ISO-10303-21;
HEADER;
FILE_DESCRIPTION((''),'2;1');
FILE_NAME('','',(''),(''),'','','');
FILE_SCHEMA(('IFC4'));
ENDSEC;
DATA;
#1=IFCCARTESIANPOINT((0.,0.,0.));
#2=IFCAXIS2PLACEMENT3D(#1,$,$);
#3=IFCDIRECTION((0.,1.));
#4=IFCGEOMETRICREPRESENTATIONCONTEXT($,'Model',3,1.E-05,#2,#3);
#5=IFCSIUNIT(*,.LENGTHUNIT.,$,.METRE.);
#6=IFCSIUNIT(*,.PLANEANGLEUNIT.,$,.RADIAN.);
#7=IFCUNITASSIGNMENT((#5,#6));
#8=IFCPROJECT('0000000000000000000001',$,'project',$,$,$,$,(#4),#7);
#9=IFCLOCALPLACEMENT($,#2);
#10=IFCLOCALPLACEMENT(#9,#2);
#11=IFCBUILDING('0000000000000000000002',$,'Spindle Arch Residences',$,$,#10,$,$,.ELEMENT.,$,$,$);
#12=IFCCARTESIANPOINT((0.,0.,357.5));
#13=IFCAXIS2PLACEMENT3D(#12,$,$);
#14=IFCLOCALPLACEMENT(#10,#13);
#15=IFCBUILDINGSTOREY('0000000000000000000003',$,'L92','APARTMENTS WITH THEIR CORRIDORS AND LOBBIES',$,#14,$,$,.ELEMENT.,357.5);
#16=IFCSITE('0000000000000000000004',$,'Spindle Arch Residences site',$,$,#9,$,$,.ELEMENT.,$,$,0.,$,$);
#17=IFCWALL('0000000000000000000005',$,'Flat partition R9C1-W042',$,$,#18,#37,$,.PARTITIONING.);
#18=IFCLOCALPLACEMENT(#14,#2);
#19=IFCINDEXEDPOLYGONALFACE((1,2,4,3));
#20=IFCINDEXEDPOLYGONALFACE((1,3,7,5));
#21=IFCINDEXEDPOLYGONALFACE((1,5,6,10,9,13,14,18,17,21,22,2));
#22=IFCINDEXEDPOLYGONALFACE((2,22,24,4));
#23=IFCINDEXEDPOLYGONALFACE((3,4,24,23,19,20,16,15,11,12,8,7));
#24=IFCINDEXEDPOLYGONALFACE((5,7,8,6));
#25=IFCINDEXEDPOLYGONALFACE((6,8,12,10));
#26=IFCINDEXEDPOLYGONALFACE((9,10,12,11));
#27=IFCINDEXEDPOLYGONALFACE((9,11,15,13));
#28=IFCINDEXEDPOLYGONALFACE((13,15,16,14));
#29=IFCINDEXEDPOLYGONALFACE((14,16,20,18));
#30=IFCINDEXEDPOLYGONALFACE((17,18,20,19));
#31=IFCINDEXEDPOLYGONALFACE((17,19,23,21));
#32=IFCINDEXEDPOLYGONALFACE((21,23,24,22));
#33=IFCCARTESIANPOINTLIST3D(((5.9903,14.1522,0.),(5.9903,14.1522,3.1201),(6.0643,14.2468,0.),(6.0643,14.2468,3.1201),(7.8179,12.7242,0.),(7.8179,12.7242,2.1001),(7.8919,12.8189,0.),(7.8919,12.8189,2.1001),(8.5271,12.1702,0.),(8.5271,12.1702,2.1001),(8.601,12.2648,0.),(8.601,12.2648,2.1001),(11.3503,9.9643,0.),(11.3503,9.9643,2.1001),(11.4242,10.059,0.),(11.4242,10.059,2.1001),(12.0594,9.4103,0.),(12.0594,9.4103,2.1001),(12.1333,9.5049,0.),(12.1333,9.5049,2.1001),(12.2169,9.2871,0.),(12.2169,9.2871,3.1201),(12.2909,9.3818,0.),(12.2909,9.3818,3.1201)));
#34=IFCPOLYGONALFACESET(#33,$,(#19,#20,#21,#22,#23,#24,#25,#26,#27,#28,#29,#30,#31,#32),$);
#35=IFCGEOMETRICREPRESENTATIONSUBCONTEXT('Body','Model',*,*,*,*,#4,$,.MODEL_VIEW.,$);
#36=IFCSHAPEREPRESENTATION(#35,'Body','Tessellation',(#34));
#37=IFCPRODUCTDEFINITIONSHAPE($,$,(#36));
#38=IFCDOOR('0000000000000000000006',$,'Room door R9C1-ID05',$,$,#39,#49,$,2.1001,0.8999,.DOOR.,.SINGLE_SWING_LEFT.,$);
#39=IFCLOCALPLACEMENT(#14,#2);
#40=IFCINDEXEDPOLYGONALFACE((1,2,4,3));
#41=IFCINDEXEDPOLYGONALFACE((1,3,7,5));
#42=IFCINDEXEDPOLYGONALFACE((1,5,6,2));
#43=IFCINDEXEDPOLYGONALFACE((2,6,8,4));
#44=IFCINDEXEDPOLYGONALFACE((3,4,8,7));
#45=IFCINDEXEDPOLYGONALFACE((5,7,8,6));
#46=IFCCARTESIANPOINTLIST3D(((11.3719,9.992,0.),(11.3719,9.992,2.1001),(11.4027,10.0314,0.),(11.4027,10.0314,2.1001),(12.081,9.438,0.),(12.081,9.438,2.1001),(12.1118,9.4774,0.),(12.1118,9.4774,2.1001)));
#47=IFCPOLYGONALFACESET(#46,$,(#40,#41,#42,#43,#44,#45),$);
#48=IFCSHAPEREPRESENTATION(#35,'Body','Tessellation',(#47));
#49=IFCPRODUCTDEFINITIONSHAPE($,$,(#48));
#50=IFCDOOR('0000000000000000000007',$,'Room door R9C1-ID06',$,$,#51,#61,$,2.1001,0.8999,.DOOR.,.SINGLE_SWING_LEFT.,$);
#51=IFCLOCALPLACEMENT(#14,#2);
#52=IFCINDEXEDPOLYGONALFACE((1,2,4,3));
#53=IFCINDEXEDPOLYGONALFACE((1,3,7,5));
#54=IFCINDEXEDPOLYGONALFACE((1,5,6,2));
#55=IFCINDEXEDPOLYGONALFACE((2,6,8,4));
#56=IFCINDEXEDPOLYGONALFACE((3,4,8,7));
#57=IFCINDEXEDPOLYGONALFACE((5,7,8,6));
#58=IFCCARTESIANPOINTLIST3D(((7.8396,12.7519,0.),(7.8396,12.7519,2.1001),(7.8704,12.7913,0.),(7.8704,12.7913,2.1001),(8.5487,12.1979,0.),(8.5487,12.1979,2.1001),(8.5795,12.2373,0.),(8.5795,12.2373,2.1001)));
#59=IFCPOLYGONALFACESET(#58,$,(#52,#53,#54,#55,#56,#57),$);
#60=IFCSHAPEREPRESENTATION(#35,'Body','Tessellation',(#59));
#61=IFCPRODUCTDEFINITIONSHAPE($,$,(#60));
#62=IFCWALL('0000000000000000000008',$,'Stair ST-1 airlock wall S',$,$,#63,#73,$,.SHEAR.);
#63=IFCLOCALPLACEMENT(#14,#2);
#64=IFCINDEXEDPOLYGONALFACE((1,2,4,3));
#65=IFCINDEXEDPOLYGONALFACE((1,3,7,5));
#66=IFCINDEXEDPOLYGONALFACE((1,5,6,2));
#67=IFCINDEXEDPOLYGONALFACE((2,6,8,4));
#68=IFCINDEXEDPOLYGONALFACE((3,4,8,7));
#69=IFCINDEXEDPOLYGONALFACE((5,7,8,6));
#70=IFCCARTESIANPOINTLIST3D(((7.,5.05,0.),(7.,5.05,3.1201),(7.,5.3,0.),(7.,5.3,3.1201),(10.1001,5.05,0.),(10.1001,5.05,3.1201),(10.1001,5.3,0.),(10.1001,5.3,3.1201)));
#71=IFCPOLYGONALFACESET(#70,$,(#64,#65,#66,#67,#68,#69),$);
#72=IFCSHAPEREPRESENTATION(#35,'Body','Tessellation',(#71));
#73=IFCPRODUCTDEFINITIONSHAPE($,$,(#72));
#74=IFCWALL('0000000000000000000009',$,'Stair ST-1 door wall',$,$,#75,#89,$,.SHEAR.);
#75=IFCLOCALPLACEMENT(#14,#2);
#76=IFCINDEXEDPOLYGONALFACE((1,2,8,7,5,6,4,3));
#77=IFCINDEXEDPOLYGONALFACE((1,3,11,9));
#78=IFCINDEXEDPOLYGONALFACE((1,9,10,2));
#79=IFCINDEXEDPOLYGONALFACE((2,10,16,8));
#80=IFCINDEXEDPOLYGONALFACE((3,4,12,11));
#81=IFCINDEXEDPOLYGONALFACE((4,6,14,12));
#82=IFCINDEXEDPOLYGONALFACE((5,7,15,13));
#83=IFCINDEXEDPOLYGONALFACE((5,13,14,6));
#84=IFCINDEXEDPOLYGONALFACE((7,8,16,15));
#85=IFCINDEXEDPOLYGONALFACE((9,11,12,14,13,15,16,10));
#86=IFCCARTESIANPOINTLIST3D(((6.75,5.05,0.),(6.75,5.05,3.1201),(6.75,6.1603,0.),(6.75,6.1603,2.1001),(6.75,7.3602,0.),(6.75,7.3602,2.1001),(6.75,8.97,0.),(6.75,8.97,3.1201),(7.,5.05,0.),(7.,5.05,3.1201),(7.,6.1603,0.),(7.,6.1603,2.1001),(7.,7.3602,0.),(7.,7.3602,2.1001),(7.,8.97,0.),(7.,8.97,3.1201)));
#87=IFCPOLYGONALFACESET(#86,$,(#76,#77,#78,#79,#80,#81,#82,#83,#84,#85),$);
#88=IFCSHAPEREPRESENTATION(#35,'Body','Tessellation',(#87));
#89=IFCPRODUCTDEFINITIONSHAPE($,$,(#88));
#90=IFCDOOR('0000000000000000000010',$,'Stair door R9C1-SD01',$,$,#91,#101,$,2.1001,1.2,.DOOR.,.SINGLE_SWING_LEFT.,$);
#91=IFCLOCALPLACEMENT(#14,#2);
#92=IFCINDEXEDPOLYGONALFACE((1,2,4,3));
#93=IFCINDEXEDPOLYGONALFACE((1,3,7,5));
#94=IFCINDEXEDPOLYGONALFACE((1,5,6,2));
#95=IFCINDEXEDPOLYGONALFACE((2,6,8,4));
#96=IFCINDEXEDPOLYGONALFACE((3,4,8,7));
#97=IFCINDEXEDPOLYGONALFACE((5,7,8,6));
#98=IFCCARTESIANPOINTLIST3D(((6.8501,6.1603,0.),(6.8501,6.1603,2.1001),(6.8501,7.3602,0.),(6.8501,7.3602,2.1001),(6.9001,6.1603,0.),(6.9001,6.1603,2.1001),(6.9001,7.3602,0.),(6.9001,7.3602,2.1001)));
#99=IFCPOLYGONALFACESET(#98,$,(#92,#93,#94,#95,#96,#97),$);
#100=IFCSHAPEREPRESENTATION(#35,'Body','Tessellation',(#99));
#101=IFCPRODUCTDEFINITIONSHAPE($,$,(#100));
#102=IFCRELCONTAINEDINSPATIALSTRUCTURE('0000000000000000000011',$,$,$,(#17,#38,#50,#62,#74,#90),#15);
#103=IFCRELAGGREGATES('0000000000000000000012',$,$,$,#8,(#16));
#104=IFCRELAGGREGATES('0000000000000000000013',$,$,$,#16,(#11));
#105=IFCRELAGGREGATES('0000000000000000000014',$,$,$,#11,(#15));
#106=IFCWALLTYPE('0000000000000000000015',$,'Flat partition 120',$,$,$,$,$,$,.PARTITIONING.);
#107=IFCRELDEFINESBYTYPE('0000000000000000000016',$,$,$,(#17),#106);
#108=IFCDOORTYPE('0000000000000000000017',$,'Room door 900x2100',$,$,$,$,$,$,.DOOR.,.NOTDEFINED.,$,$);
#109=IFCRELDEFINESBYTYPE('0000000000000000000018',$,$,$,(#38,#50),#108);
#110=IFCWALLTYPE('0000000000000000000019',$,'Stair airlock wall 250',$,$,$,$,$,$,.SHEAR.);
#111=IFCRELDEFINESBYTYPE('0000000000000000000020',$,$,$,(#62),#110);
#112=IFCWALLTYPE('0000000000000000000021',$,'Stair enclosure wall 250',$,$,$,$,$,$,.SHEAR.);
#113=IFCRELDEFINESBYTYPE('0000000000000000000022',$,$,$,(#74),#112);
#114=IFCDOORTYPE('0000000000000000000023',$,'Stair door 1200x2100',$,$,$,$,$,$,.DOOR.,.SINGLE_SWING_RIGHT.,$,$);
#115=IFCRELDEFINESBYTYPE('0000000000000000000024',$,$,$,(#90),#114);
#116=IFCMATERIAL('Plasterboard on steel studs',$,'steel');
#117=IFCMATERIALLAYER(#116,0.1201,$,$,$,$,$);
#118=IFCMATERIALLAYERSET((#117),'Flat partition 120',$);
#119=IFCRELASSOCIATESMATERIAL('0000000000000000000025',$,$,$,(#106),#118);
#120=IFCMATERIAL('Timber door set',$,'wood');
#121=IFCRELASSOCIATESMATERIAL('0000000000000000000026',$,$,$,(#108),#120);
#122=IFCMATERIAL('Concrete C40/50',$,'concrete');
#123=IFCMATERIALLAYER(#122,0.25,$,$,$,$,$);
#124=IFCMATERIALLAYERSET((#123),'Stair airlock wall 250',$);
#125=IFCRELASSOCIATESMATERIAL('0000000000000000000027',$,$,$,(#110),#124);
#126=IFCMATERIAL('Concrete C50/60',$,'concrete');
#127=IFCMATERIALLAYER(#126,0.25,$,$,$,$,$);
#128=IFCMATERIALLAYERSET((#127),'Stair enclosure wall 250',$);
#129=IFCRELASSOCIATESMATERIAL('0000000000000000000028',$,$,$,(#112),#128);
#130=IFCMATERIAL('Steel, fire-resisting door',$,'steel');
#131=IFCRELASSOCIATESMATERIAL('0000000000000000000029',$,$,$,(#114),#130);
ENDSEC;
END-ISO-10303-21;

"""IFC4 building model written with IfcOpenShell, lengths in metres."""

from ifc_helpers import new_model, si_unit, direction, frame, frame_2d, origin, place, context, subcontext, project, spatial, rectangle, extrude, material, layer, layer_set, type_object, element, fill, save


model = new_model("IFC4")

# Units and contexts
model_context = context("Model", 3, precision=1e-05, world=origin(), true_north=direction((0.0, 1.0)))
body_context = subcontext(model_context, "Body", "Model", "MODEL_VIEW")
ifc_project = project(units=[si_unit("LENGTHUNIT", "METRE"), si_unit("PLANEANGLEUNIT", "RADIAN")], contexts=[model_context])

# Site, building, storey
site_placement = place(None, origin())
site = spatial("IfcSite", under=ifc_project, at=site_placement, Name="Spindle Arch Residences site", CompositionType="ELEMENT", RefElevation=0.0)
building_placement = place(site_placement, origin())
building = spatial("IfcBuilding", under=site, at=building_placement, Name="Spindle Arch Residences", CompositionType="ELEMENT")
storey_placement = place(building_placement, frame((0.0, 0.0, 357.5)))
storey = spatial("IfcBuildingStorey", under=building, at=storey_placement, Name="L92", Description="APARTMENTS WITH THEIR CORRIDORS AND LOBBIES", CompositionType="ELEMENT", Elevation=357.5)

# Shared definitions
ifc_material_1 = material(Name="Plasterboard on steel studs", Category="steel")
ifc_layer_1 = layer(ifc_material_1, 0.1201)
ifc_layer_set_1 = layer_set([ifc_layer_1], Name="Flat partition 120")
wall_type_1 = type_object("IfcWallType", Name="Flat partition 120", PredefinedType="PARTITIONING", material=ifc_layer_set_1)

# Wall, openings, doors
wall_1_placement = place(storey_placement, frame((12.2539, 9.3345, 0.0), z_axis=(0.0, 0.0, 1.0), x_axis=(-0.787994, 0.615682, 0.0)))
wall_1 = element("IfcWall", 1, at=wall_1_placement, inside=storey, type_object=wall_type_1, Name="Flat partition R9C1-W042", PredefinedType="PARTITIONING", context=body_context, shape_type="SweptSolid", body=[
    extrude(rectangle(XDim=7.9019, YDim=0.1201, at=frame_2d((3.9509, 0.0))), origin(), (0.0, 0.0, 1.0), 3.1201),
])
opening_1_placement = place(wall_1_placement, frame((0.2, 0.0, 0.0)))
opening_1 = element("IfcOpeningElement", 2, at=opening_1_placement, cuts=wall_1, PredefinedType="OPENING", context=body_context, shape_type="SweptSolid", body=[
    extrude(rectangle(XDim=0.8999, YDim=2.1001, at=frame_2d((0.45, 1.05))), frame((0.0, 0.0701, 0.0), z_axis=(0.0, -1.0, 0.0), x_axis=(1.0, 0.0, 0.0)), (0.0, 0.0, 1.0), 0.1401),
])
opening_2_placement = place(wall_1_placement, frame((4.6826, 0.0, 0.0)))
opening_2 = element("IfcOpeningElement", 3, at=opening_2_placement, cuts=wall_1, PredefinedType="OPENING", context=body_context, shape_type="SweptSolid", body=[
    extrude(rectangle(XDim=0.8999, YDim=2.1001, at=frame_2d((0.45, 1.05))), frame((0.0, 0.0701, 0.0), z_axis=(0.0, -1.0, 0.0), x_axis=(1.0, 0.0, 0.0)), (0.0, 0.0, 1.0), 0.1401),
])
ifc_material_2 = material(Name="Timber door set", Category="wood")
door_type_1 = type_object("IfcDoorType", Name="Room door 900x2100", OperationType="NOTDEFINED", PredefinedType="DOOR", material=ifc_material_2)
door_1_placement = place(opening_1_placement, origin())
door_1 = element("IfcDoor", 4, at=door_1_placement, inside=storey, type_object=door_type_1, Name="Room door R9C1-ID05", OperationType="SINGLE_SWING_LEFT", OverallHeight=2.1001, OverallWidth=0.8999, PredefinedType="DOOR", context=body_context, shape_type="SweptSolid", body=[
    extrude(rectangle(XDim=0.8999, YDim=2.1001, at=frame_2d((0.45, 1.05))), frame((0.0, 0.0249, 0.0), z_axis=(0.0, -1.0, 0.0), x_axis=(1.0, 0.0, 0.0)), (0.0, 0.0, 1.0), 0.05),
])
fill(opening_1, door_1)
door_2_placement = place(opening_2_placement, origin())
door_2 = element("IfcDoor", 5, at=door_2_placement, inside=storey, type_object=door_type_1, Name="Room door R9C1-ID06", OperationType="SINGLE_SWING_LEFT", OverallHeight=2.1001, OverallWidth=0.8999, PredefinedType="DOOR", context=body_context, shape_type="SweptSolid", body=[
    extrude(rectangle(XDim=0.8999, YDim=2.1001, at=frame_2d((0.45, 1.05))), frame((0.0, 0.0249, 0.0), z_axis=(0.0, -1.0, 0.0), x_axis=(1.0, 0.0, 0.0)), (0.0, 0.0, 1.0), 0.05),
])
fill(opening_2, door_2)

# Wall
ifc_material_3 = material(Name="Concrete C40/50", Category="concrete")
ifc_layer_2 = layer(ifc_material_3, 0.25)
ifc_layer_set_2 = layer_set([ifc_layer_2], Name="Stair airlock wall 250")
wall_type_2 = type_object("IfcWallType", Name="Stair airlock wall 250", PredefinedType="SHEAR", material=ifc_layer_set_2)
wall_2_placement = place(storey_placement, frame((7.0, 5.175, 0.0), z_axis=(0.0, 0.0, 1.0), x_axis=(1.0, 0.0, 0.0)))
element("IfcWall", 6, at=wall_2_placement, inside=storey, type_object=wall_type_2, Name="Stair ST-1 airlock wall S", PredefinedType="SHEAR", context=body_context, shape_type="SweptSolid", body=[
    extrude(rectangle(XDim=3.1001, YDim=0.25, at=frame_2d((1.55, 0.0))), origin(), (0.0, 0.0, 1.0), 3.1201),
])

# Wall, opening, door
ifc_material_4 = material(Name="Concrete C50/60", Category="concrete")
ifc_layer_3 = layer(ifc_material_4, 0.25)
ifc_layer_set_3 = layer_set([ifc_layer_3], Name="Stair enclosure wall 250")
wall_type_3 = type_object("IfcWallType", Name="Stair enclosure wall 250", PredefinedType="SHEAR", material=ifc_layer_set_3)
wall_3_placement = place(storey_placement, frame((6.875, 5.05, 0.0), z_axis=(0.0, 0.0, 1.0), x_axis=(0.0, 1.0, 0.0)))
wall_3 = element("IfcWall", 7, at=wall_3_placement, inside=storey, type_object=wall_type_3, Name="Stair ST-1 door wall", PredefinedType="SHEAR", context=body_context, shape_type="SweptSolid", body=[
    extrude(rectangle(XDim=3.9199, YDim=0.25, at=frame_2d((1.96, 0.0))), origin(), (0.0, 0.0, 1.0), 3.1201),
])
opening_3_placement = place(wall_3_placement, frame((1.1101, 0.0, 0.0)))
opening_3 = element("IfcOpeningElement", 8, at=opening_3_placement, cuts=wall_3, PredefinedType="OPENING", context=body_context, shape_type="SweptSolid", body=[
    extrude(rectangle(XDim=1.2, YDim=2.1001, at=frame_2d((0.6001, 1.05))), frame((0.0, 0.135, 0.0), z_axis=(0.0, -1.0, 0.0), x_axis=(1.0, 0.0, 0.0)), (0.0, 0.0, 1.0), 0.27),
])
ifc_material_5 = material(Name="Steel, fire-resisting door", Category="steel")
door_type_2 = type_object("IfcDoorType", Name="Stair door 1200x2100", OperationType="SINGLE_SWING_RIGHT", PredefinedType="DOOR", material=ifc_material_5)
door_3_placement = place(opening_3_placement, origin())
door_3 = element("IfcDoor", 9, at=door_3_placement, inside=storey, type_object=door_type_2, Name="Stair door R9C1-SD01", OperationType="SINGLE_SWING_LEFT", OverallHeight=2.1001, OverallWidth=1.2, PredefinedType="DOOR", context=body_context, shape_type="SweptSolid", body=[
    extrude(rectangle(XDim=1.2, YDim=2.1001, at=frame_2d((0.6001, 1.05))), frame((0.0, 0.0249, 0.0), z_axis=(0.0, -1.0, 0.0), x_axis=(1.0, 0.0, 0.0)), (0.0, 0.0, 1.0), 0.05),
])
fill(opening_3, door_3)

save(model, "model.ifc")
